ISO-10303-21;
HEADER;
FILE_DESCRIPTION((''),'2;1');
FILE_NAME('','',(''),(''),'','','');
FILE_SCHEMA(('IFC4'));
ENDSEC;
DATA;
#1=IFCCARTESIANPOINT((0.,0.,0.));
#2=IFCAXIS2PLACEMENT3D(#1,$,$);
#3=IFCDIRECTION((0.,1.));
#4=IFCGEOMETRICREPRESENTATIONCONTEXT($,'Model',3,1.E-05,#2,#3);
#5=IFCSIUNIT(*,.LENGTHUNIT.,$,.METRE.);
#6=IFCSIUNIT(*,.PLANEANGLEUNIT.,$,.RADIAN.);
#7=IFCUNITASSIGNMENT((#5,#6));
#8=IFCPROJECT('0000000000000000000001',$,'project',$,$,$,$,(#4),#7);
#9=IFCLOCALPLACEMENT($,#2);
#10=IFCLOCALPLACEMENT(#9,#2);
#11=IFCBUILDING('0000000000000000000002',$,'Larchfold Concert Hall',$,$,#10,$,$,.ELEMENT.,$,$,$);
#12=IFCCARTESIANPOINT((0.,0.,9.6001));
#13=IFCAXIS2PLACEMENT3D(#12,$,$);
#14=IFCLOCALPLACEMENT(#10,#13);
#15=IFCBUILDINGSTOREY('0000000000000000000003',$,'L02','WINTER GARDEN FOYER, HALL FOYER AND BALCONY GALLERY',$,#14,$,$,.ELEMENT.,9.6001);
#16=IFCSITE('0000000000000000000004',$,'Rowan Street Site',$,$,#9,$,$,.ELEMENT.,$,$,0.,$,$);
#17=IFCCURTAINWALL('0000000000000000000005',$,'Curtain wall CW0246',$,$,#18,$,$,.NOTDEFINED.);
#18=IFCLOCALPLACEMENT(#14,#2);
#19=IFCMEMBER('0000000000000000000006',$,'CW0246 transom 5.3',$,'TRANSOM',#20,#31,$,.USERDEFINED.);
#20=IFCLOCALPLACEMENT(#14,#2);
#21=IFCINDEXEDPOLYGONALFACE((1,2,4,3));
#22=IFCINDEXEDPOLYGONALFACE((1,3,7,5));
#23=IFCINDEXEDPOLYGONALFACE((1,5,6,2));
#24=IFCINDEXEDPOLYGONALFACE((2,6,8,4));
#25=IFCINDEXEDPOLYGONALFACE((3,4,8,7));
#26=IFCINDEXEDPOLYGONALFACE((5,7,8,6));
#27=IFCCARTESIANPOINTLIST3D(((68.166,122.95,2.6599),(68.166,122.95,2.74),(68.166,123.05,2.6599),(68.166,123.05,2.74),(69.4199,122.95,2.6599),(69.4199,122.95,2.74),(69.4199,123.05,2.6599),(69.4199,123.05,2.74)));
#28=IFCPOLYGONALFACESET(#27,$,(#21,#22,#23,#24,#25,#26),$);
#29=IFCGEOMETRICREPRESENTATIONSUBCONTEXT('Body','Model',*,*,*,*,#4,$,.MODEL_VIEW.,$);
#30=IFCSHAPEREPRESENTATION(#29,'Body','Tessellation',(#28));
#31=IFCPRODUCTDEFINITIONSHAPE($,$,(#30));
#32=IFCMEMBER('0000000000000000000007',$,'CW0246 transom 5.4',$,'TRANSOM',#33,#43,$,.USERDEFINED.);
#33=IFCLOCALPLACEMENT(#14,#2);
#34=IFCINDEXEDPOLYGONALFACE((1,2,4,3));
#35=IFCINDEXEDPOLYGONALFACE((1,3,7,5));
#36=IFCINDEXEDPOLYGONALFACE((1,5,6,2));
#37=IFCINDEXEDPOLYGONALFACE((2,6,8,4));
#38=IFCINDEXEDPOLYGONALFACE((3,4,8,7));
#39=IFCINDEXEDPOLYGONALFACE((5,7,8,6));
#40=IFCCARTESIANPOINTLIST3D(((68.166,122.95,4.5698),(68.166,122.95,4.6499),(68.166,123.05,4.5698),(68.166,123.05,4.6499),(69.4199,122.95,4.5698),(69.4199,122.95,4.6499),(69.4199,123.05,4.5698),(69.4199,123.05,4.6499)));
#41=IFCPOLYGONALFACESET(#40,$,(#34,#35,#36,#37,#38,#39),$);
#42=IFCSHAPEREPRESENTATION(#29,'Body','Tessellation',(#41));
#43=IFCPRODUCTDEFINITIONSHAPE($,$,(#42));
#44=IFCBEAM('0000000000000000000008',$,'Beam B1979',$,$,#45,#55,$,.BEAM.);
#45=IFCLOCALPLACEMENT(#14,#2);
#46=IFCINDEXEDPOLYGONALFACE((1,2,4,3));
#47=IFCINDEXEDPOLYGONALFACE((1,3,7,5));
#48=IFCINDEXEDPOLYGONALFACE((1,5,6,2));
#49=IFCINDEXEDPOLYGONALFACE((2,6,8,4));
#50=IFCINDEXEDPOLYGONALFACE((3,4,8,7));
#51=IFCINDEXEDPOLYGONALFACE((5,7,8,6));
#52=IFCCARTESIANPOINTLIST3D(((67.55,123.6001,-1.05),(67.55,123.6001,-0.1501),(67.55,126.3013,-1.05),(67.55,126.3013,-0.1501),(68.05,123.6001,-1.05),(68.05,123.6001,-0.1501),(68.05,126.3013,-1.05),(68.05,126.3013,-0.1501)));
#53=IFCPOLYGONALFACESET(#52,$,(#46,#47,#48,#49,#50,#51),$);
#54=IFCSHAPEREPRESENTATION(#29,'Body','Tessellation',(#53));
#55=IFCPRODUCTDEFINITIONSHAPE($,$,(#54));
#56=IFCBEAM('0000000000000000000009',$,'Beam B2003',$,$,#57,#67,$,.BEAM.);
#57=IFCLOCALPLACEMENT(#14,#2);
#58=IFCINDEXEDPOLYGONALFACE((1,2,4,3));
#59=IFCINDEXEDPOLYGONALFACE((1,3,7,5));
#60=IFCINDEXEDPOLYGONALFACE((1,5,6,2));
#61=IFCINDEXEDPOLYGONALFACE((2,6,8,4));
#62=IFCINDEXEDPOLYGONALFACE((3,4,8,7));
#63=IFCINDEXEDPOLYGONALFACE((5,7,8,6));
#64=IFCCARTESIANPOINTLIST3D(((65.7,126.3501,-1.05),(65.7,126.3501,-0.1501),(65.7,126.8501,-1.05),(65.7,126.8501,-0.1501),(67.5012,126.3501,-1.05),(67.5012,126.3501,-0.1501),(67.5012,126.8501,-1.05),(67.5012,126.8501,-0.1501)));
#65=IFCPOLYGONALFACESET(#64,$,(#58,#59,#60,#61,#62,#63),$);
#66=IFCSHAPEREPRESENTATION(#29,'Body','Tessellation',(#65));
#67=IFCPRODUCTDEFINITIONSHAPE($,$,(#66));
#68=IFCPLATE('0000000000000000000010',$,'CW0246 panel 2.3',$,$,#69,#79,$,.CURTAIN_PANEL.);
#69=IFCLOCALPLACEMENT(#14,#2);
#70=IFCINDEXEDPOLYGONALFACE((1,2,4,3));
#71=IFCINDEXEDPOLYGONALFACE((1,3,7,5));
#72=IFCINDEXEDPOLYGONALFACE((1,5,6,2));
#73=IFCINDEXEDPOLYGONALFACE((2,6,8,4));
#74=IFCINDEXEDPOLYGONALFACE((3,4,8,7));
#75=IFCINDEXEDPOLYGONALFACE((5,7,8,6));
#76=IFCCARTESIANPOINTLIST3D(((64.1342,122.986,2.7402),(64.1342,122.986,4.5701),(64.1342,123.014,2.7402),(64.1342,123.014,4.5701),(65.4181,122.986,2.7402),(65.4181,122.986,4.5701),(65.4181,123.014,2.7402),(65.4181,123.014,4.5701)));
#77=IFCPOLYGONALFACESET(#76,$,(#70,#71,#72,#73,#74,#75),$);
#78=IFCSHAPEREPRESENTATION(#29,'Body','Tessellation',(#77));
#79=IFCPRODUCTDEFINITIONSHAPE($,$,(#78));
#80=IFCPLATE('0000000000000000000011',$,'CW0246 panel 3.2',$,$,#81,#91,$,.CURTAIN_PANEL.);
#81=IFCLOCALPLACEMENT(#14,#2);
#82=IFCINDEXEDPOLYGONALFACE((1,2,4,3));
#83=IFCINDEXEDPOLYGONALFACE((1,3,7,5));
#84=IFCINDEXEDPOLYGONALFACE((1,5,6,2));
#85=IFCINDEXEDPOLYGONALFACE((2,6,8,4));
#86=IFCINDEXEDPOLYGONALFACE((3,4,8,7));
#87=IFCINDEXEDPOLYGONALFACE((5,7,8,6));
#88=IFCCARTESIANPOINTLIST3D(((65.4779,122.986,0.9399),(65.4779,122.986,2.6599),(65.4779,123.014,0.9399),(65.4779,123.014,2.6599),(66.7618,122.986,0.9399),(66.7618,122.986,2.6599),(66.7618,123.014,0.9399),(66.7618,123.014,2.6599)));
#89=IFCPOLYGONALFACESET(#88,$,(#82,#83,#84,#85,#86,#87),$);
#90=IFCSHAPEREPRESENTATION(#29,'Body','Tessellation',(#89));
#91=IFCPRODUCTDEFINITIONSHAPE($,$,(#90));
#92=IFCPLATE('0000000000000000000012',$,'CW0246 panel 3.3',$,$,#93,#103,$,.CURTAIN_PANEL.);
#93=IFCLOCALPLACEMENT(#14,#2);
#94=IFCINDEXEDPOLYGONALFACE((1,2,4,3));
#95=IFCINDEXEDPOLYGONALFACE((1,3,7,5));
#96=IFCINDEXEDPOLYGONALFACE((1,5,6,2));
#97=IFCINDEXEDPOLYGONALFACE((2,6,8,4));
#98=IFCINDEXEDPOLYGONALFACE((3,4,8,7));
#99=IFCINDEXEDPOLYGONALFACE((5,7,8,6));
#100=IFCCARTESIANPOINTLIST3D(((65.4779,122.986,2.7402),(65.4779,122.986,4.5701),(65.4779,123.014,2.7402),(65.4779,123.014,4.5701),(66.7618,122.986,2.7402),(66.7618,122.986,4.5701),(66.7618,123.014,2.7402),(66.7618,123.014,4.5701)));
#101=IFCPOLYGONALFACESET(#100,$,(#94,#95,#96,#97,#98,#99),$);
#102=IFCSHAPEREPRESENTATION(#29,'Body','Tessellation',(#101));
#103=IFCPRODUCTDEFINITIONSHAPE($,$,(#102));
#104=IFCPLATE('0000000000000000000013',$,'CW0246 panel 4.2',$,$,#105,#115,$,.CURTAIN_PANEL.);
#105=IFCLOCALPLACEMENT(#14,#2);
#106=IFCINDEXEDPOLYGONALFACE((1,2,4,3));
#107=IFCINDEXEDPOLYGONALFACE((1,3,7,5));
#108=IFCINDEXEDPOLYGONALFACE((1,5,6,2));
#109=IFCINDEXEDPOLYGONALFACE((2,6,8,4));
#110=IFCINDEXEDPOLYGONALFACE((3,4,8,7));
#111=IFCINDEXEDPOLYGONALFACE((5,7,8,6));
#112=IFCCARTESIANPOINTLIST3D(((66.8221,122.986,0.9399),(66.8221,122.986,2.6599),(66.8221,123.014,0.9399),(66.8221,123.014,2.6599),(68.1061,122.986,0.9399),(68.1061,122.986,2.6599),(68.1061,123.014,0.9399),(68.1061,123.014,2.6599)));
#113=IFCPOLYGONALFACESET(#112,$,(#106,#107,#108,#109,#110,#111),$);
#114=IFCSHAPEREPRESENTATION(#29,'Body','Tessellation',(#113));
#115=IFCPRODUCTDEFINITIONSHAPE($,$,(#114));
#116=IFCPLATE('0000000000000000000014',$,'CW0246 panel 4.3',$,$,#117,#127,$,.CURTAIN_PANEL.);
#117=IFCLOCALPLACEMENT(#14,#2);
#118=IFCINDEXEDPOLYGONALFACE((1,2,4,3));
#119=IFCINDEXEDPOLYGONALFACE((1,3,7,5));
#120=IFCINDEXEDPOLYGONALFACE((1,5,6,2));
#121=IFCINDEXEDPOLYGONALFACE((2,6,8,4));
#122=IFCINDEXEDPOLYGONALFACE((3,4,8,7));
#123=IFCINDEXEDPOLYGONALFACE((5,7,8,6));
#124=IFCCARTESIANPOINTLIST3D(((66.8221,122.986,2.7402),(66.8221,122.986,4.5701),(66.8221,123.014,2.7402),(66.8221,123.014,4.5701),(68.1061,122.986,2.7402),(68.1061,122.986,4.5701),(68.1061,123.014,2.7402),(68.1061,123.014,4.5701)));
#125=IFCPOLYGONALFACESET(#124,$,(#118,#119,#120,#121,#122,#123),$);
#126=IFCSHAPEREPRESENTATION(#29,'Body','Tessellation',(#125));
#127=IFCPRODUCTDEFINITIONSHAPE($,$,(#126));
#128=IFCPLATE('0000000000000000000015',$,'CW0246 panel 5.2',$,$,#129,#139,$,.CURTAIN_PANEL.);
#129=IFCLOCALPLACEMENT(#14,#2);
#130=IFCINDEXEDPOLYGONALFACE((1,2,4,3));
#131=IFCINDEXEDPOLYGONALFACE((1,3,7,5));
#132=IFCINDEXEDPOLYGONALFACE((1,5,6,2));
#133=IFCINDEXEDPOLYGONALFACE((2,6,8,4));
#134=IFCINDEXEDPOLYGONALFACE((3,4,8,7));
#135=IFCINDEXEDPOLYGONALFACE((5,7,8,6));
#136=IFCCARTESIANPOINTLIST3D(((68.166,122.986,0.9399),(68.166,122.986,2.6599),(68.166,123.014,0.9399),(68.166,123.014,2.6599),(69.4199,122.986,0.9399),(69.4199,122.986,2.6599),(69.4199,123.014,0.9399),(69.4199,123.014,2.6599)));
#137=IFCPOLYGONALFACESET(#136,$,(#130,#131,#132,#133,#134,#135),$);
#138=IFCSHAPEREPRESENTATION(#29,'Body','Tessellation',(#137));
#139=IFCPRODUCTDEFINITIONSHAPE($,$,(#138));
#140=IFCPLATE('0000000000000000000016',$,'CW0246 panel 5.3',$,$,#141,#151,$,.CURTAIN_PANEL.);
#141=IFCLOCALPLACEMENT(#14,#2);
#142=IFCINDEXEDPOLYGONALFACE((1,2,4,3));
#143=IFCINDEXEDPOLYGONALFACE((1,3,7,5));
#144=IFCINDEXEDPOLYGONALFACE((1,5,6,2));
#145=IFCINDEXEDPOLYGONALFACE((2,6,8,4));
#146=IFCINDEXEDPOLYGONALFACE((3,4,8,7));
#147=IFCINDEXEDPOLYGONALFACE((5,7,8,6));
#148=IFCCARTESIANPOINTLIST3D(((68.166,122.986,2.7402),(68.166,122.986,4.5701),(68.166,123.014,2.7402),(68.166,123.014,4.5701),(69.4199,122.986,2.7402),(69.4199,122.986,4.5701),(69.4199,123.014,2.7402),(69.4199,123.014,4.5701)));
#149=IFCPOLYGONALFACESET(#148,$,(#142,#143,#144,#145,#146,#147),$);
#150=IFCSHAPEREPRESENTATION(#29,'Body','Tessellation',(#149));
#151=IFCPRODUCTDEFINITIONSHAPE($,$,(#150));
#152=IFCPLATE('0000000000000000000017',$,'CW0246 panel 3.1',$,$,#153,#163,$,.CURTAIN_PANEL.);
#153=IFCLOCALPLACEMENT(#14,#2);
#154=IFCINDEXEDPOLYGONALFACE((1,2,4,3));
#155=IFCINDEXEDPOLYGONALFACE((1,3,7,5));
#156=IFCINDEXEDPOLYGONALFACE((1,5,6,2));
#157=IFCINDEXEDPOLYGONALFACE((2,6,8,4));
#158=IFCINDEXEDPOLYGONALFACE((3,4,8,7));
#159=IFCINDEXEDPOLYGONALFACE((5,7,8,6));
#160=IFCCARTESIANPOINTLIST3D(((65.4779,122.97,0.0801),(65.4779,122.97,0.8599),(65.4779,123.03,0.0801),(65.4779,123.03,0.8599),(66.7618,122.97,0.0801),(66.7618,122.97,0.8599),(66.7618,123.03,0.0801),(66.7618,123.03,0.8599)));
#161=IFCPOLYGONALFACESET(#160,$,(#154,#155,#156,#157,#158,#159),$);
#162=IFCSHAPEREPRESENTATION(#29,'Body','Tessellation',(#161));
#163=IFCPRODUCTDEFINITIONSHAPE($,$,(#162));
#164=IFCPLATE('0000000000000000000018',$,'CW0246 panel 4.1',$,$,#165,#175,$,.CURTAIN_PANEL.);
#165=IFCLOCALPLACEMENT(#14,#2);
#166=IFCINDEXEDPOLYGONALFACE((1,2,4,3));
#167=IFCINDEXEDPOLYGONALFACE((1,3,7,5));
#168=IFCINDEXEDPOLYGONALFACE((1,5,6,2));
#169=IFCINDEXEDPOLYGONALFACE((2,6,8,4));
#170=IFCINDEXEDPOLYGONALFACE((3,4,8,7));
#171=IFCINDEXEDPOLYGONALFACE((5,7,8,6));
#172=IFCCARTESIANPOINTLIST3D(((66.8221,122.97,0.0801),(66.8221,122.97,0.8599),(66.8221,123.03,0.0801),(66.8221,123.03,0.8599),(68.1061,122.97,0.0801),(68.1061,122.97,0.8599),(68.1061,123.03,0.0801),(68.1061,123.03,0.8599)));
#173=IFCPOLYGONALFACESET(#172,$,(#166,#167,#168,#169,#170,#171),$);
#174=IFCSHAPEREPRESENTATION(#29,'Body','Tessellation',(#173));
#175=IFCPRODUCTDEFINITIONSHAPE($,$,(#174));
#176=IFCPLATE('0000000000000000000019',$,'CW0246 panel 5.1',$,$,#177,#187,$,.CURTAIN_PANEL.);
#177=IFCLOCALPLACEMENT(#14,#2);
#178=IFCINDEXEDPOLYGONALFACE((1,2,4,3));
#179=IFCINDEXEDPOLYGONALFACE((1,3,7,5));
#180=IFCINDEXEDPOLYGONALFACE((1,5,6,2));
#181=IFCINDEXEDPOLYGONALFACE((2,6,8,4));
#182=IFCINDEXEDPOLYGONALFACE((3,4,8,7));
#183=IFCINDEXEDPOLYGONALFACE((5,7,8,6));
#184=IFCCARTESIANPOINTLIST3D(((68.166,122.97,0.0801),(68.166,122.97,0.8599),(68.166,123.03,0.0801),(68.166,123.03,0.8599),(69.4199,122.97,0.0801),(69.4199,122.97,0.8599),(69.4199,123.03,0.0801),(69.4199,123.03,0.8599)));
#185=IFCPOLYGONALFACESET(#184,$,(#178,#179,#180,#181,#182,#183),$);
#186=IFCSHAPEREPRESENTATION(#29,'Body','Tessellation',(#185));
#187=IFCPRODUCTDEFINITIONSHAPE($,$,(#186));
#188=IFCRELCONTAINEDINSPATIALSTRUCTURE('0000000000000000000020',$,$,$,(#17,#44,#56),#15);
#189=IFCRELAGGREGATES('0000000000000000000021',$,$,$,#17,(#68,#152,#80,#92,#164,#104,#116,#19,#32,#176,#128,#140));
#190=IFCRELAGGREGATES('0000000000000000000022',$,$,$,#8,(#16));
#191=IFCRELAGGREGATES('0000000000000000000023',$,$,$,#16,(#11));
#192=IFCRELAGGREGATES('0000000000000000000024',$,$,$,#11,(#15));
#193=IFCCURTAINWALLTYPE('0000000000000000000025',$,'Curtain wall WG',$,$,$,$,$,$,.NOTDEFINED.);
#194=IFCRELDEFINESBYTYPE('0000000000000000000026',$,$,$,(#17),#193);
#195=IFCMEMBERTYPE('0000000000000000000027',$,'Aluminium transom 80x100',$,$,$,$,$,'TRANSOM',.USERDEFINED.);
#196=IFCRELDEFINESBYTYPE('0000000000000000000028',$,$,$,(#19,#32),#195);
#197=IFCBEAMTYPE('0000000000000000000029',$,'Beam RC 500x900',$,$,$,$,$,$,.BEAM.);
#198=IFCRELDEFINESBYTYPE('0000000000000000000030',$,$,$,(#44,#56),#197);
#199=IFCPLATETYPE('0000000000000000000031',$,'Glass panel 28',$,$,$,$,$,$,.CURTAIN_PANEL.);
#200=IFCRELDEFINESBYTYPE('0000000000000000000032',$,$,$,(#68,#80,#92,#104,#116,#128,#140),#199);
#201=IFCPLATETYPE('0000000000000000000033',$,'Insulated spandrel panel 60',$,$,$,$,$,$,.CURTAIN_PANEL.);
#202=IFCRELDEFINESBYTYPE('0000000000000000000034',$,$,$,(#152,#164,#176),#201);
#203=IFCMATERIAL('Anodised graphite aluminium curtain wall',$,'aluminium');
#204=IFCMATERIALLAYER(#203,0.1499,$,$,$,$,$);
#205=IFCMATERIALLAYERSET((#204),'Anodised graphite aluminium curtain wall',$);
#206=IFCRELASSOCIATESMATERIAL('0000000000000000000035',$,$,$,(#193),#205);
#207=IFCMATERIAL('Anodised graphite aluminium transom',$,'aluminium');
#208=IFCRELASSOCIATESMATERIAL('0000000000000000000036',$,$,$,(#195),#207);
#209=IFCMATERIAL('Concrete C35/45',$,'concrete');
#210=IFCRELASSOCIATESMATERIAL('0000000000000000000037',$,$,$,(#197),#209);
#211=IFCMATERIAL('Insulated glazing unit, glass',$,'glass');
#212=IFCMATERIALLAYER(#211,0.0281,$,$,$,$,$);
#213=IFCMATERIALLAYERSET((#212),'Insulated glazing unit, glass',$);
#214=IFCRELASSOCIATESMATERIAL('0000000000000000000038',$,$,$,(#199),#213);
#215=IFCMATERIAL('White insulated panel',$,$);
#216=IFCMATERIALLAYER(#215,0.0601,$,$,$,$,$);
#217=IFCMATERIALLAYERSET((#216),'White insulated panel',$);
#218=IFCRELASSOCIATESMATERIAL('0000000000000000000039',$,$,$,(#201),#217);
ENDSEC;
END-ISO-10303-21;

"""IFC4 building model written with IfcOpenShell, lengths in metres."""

from ifc_helpers import new_model, si_unit, direction, frame, origin, origin_2d, place, context, subcontext, project, spatial, rectangle, extrude, material, layer, layer_set, material_profile, profile_set, type_object, element, aggregate, save


model = new_model("IFC4")

# Units and contexts
model_context = context("Model", 3, precision=1e-05, world=origin(), true_north=direction((0.0, 1.0)))
body_context = subcontext(model_context, "Body", "Model", "MODEL_VIEW")
ifc_project = project(units=[si_unit("LENGTHUNIT", "METRE"), si_unit("PLANEANGLEUNIT", "RADIAN")], contexts=[model_context])

# Site, building, storey
site_placement = place(None, origin())
site = spatial("IfcSite", under=ifc_project, at=site_placement, Name="Rowan Street Site", CompositionType="ELEMENT", RefElevation=0.0)
building_placement = place(site_placement, origin())
building = spatial("IfcBuilding", under=site, at=building_placement, Name="Larchfold Concert Hall", CompositionType="ELEMENT")
storey_placement = place(building_placement, frame((0.0, 0.0, 9.6001)))
storey = spatial("IfcBuildingStorey", under=building, at=storey_placement, Name="L02", Description="WINTER GARDEN FOYER, HALL FOYER AND BALCONY GALLERY", CompositionType="ELEMENT", Elevation=9.6001)

# Curtain wall, members
ifc_material_1 = material(Name="Anodised graphite aluminium curtain wall", Category="aluminium")
ifc_layer_1 = layer(ifc_material_1, 0.1499)
ifc_layer_set_1 = layer_set([ifc_layer_1], Name="Anodised graphite aluminium curtain wall")
curtain_wall_type = type_object("IfcCurtainWallType", Name="Curtain wall WG", PredefinedType="NOTDEFINED", material=ifc_layer_set_1)
curtain_wall_placement = place(storey_placement, origin())
curtain_wall = element("IfcCurtainWall", 1, at=curtain_wall_placement, inside=storey, type_object=curtain_wall_type, Name="Curtain wall CW0246", PredefinedType="NOTDEFINED")
ifc_material_2 = material(Name="Anodised graphite aluminium transom", Category="aluminium")
ifc_material_profile_1 = material_profile(ifc_material_2, rectangle(XDim=0.1001, YDim=0.0801, at=origin_2d()))
ifc_profile_set_1 = profile_set([ifc_material_profile_1], Name="Anodised graphite aluminium transom")
member_type_1 = type_object("IfcMemberType", Name="Aluminium transom 80x100", ElementType="TRANSOM", PredefinedType="USERDEFINED", material=ifc_profile_set_1)
member_1_placement = place(storey_placement, frame((68.166, 123.0, 2.7), z_axis=(1.0, 0.0, 0.0), x_axis=(0.0, 1.0, 0.0)))
member_1 = element("IfcMember", 2, at=member_1_placement, type_object=member_type_1, Name="CW0246 transom 5.3", ObjectType="TRANSOM", PredefinedType="USERDEFINED", context=body_context, shape_type="SweptSolid", body=[
    extrude(rectangle(XDim=0.1001, YDim=0.0801, at=origin_2d()), origin(), (0.0, 0.0, 1.0), 1.2539),
])
member_2_placement = place(storey_placement, frame((68.166, 123.0, 4.6099), z_axis=(1.0, 0.0, 0.0), x_axis=(0.0, 1.0, 0.0)))
member_2 = element("IfcMember", 3, at=member_2_placement, type_object=member_type_1, Name="CW0246 transom 5.4", ObjectType="TRANSOM", PredefinedType="USERDEFINED", context=body_context, shape_type="SweptSolid", body=[
    extrude(rectangle(XDim=0.1001, YDim=0.0801, at=origin_2d()), origin(), (0.0, 0.0, 1.0), 1.2539),
])

# Beams
ifc_material_3 = material(Name="Concrete C35/45", Category="concrete")
ifc_material_profile_2 = material_profile(ifc_material_3, rectangle(XDim=0.5, YDim=0.8999, at=origin_2d()))
ifc_profile_set_2 = profile_set([ifc_material_profile_2], Name="Concrete C35/45")
beam_type = type_object("IfcBeamType", Name="Beam RC 500x900", PredefinedType="BEAM", material=ifc_profile_set_2)
beam_1_placement = place(storey_placement, frame((67.8, 123.6001, -0.6001), z_axis=(0.0, 1.0, 0.0), x_axis=(-1.0, 0.0, 0.0)))
element("IfcBeam", 4, at=beam_1_placement, inside=storey, type_object=beam_type, Name="Beam B1979", PredefinedType="BEAM", context=body_context, shape_type="SweptSolid", body=[
    extrude(rectangle(XDim=0.5, YDim=0.8999, at=origin_2d()), origin(), (0.0, 0.0, 1.0), 2.7012),
])
beam_2_placement = place(storey_placement, frame((65.7, 126.6001, -0.6001), z_axis=(1.0, 0.0, 0.0), x_axis=(0.0, 1.0, 0.0)))
element("IfcBeam", 5, at=beam_2_placement, inside=storey, type_object=beam_type, Name="Beam B2003", PredefinedType="BEAM", context=body_context, shape_type="SweptSolid", body=[
    extrude(rectangle(XDim=0.5, YDim=0.8999, at=origin_2d()), origin(), (0.0, 0.0, 1.0), 1.8013),
])

# Plates
ifc_material_4 = material(Name="Insulated glazing unit, glass", Category="glass")
ifc_layer_2 = layer(ifc_material_4, 0.0281)
ifc_layer_set_2 = layer_set([ifc_layer_2], Name="Insulated glazing unit, glass")
plate_type_1 = type_object("IfcPlateType", Name="Glass panel 28", PredefinedType="CURTAIN_PANEL", material=ifc_layer_set_2)
plate_1_placement = place(storey_placement, frame((64.7761, 123.0, 2.7402), z_axis=(0.0, 0.0, 1.0), x_axis=(1.0, 0.0, 0.0)))
plate_1 = element("IfcPlate", 6, at=plate_1_placement, type_object=plate_type_1, Name="CW0246 panel 2.3", PredefinedType="CURTAIN_PANEL", context=body_context, shape_type="SweptSolid", body=[
    extrude(rectangle(XDim=1.2839, YDim=0.0281, at=origin_2d()), origin(), (0.0, 0.0, 1.0), 1.8298),
])
plate_2_placement = place(storey_placement, frame((66.1199, 123.0, 0.9399), z_axis=(0.0, 0.0, 1.0), x_axis=(1.0, 0.0, 0.0)))
plate_2 = element("IfcPlate", 7, at=plate_2_placement, type_object=plate_type_1, Name="CW0246 panel 3.2", PredefinedType="CURTAIN_PANEL", context=body_context, shape_type="SweptSolid", body=[
    extrude(rectangle(XDim=1.2839, YDim=0.0281, at=origin_2d()), origin(), (0.0, 0.0, 1.0), 1.72),
])
plate_3_placement = place(storey_placement, frame((66.1199, 123.0, 2.7402), z_axis=(0.0, 0.0, 1.0), x_axis=(1.0, 0.0, 0.0)))
plate_3 = element("IfcPlate", 8, at=plate_3_placement, type_object=plate_type_1, Name="CW0246 panel 3.3", PredefinedType="CURTAIN_PANEL", context=body_context, shape_type="SweptSolid", body=[
    extrude(rectangle(XDim=1.2839, YDim=0.0281, at=origin_2d()), origin(), (0.0, 0.0, 1.0), 1.8298),
])
plate_4_placement = place(storey_placement, frame((67.4641, 123.0, 0.9399), z_axis=(0.0, 0.0, 1.0), x_axis=(1.0, 0.0, 0.0)))
plate_4 = element("IfcPlate", 9, at=plate_4_placement, type_object=plate_type_1, Name="CW0246 panel 4.2", PredefinedType="CURTAIN_PANEL", context=body_context, shape_type="SweptSolid", body=[
    extrude(rectangle(XDim=1.2839, YDim=0.0281, at=origin_2d()), origin(), (0.0, 0.0, 1.0), 1.72),
])
plate_5_placement = place(storey_placement, frame((67.4641, 123.0, 2.7402), z_axis=(0.0, 0.0, 1.0), x_axis=(1.0, 0.0, 0.0)))
plate_5 = element("IfcPlate", 10, at=plate_5_placement, type_object=plate_type_1, Name="CW0246 panel 4.3", PredefinedType="CURTAIN_PANEL", context=body_context, shape_type="SweptSolid", body=[
    extrude(rectangle(XDim=1.2839, YDim=0.0281, at=origin_2d()), origin(), (0.0, 0.0, 1.0), 1.8298),
])
plate_6_placement = place(storey_placement, frame((68.793, 123.0, 0.9399), z_axis=(0.0, 0.0, 1.0), x_axis=(1.0, 0.0, 0.0)))
plate_6 = element("IfcPlate", 11, at=plate_6_placement, type_object=plate_type_1, Name="CW0246 panel 5.2", PredefinedType="CURTAIN_PANEL", context=body_context, shape_type="SweptSolid", body=[
    extrude(rectangle(XDim=1.2539, YDim=0.0281, at=origin_2d()), origin(), (0.0, 0.0, 1.0), 1.72),
])
plate_7_placement = place(storey_placement, frame((68.793, 123.0, 2.7402), z_axis=(0.0, 0.0, 1.0), x_axis=(1.0, 0.0, 0.0)))
plate_7 = element("IfcPlate", 12, at=plate_7_placement, type_object=plate_type_1, Name="CW0246 panel 5.3", PredefinedType="CURTAIN_PANEL", context=body_context, shape_type="SweptSolid", body=[
    extrude(rectangle(XDim=1.2539, YDim=0.0281, at=origin_2d()), origin(), (0.0, 0.0, 1.0), 1.8298),
])
ifc_material_5 = material(Name="White insulated panel")
ifc_layer_3 = layer(ifc_material_5, 0.0601)
ifc_layer_set_3 = layer_set([ifc_layer_3], Name="White insulated panel")
plate_type_2 = type_object("IfcPlateType", Name="Insulated spandrel panel 60", PredefinedType="CURTAIN_PANEL", material=ifc_layer_set_3)
plate_8_placement = place(storey_placement, frame((66.1199, 123.0, 0.0801), z_axis=(0.0, 0.0, 1.0), x_axis=(1.0, 0.0, 0.0)))
plate_8 = element("IfcPlate", 13, at=plate_8_placement, type_object=plate_type_2, Name="CW0246 panel 3.1", PredefinedType="CURTAIN_PANEL", context=body_context, shape_type="SweptSolid", body=[
    extrude(rectangle(XDim=1.2839, YDim=0.0601, at=origin_2d()), origin(), (0.0, 0.0, 1.0), 0.7798),
])
plate_9_placement = place(storey_placement, frame((67.4641, 123.0, 0.0801), z_axis=(0.0, 0.0, 1.0), x_axis=(1.0, 0.0, 0.0)))
plate_9 = element("IfcPlate", 14, at=plate_9_placement, type_object=plate_type_2, Name="CW0246 panel 4.1", PredefinedType="CURTAIN_PANEL", context=body_context, shape_type="SweptSolid", body=[
    extrude(rectangle(XDim=1.2839, YDim=0.0601, at=origin_2d()), origin(), (0.0, 0.0, 1.0), 0.7798),
])
plate_10_placement = place(storey_placement, frame((68.793, 123.0, 0.0801), z_axis=(0.0, 0.0, 1.0), x_axis=(1.0, 0.0, 0.0)))
plate_10 = element("IfcPlate", 15, at=plate_10_placement, type_object=plate_type_2, Name="CW0246 panel 5.1", PredefinedType="CURTAIN_PANEL", context=body_context, shape_type="SweptSolid", body=[
    extrude(rectangle(XDim=1.2539, YDim=0.0601, at=origin_2d()), origin(), (0.0, 0.0, 1.0), 0.7798),
])
aggregate(curtain_wall, [plate_1, plate_8, plate_2, plate_3, plate_9, plate_4, plate_5, member_1, member_2, plate_10, plate_6, plate_7])

save(model, "model.ifc")
